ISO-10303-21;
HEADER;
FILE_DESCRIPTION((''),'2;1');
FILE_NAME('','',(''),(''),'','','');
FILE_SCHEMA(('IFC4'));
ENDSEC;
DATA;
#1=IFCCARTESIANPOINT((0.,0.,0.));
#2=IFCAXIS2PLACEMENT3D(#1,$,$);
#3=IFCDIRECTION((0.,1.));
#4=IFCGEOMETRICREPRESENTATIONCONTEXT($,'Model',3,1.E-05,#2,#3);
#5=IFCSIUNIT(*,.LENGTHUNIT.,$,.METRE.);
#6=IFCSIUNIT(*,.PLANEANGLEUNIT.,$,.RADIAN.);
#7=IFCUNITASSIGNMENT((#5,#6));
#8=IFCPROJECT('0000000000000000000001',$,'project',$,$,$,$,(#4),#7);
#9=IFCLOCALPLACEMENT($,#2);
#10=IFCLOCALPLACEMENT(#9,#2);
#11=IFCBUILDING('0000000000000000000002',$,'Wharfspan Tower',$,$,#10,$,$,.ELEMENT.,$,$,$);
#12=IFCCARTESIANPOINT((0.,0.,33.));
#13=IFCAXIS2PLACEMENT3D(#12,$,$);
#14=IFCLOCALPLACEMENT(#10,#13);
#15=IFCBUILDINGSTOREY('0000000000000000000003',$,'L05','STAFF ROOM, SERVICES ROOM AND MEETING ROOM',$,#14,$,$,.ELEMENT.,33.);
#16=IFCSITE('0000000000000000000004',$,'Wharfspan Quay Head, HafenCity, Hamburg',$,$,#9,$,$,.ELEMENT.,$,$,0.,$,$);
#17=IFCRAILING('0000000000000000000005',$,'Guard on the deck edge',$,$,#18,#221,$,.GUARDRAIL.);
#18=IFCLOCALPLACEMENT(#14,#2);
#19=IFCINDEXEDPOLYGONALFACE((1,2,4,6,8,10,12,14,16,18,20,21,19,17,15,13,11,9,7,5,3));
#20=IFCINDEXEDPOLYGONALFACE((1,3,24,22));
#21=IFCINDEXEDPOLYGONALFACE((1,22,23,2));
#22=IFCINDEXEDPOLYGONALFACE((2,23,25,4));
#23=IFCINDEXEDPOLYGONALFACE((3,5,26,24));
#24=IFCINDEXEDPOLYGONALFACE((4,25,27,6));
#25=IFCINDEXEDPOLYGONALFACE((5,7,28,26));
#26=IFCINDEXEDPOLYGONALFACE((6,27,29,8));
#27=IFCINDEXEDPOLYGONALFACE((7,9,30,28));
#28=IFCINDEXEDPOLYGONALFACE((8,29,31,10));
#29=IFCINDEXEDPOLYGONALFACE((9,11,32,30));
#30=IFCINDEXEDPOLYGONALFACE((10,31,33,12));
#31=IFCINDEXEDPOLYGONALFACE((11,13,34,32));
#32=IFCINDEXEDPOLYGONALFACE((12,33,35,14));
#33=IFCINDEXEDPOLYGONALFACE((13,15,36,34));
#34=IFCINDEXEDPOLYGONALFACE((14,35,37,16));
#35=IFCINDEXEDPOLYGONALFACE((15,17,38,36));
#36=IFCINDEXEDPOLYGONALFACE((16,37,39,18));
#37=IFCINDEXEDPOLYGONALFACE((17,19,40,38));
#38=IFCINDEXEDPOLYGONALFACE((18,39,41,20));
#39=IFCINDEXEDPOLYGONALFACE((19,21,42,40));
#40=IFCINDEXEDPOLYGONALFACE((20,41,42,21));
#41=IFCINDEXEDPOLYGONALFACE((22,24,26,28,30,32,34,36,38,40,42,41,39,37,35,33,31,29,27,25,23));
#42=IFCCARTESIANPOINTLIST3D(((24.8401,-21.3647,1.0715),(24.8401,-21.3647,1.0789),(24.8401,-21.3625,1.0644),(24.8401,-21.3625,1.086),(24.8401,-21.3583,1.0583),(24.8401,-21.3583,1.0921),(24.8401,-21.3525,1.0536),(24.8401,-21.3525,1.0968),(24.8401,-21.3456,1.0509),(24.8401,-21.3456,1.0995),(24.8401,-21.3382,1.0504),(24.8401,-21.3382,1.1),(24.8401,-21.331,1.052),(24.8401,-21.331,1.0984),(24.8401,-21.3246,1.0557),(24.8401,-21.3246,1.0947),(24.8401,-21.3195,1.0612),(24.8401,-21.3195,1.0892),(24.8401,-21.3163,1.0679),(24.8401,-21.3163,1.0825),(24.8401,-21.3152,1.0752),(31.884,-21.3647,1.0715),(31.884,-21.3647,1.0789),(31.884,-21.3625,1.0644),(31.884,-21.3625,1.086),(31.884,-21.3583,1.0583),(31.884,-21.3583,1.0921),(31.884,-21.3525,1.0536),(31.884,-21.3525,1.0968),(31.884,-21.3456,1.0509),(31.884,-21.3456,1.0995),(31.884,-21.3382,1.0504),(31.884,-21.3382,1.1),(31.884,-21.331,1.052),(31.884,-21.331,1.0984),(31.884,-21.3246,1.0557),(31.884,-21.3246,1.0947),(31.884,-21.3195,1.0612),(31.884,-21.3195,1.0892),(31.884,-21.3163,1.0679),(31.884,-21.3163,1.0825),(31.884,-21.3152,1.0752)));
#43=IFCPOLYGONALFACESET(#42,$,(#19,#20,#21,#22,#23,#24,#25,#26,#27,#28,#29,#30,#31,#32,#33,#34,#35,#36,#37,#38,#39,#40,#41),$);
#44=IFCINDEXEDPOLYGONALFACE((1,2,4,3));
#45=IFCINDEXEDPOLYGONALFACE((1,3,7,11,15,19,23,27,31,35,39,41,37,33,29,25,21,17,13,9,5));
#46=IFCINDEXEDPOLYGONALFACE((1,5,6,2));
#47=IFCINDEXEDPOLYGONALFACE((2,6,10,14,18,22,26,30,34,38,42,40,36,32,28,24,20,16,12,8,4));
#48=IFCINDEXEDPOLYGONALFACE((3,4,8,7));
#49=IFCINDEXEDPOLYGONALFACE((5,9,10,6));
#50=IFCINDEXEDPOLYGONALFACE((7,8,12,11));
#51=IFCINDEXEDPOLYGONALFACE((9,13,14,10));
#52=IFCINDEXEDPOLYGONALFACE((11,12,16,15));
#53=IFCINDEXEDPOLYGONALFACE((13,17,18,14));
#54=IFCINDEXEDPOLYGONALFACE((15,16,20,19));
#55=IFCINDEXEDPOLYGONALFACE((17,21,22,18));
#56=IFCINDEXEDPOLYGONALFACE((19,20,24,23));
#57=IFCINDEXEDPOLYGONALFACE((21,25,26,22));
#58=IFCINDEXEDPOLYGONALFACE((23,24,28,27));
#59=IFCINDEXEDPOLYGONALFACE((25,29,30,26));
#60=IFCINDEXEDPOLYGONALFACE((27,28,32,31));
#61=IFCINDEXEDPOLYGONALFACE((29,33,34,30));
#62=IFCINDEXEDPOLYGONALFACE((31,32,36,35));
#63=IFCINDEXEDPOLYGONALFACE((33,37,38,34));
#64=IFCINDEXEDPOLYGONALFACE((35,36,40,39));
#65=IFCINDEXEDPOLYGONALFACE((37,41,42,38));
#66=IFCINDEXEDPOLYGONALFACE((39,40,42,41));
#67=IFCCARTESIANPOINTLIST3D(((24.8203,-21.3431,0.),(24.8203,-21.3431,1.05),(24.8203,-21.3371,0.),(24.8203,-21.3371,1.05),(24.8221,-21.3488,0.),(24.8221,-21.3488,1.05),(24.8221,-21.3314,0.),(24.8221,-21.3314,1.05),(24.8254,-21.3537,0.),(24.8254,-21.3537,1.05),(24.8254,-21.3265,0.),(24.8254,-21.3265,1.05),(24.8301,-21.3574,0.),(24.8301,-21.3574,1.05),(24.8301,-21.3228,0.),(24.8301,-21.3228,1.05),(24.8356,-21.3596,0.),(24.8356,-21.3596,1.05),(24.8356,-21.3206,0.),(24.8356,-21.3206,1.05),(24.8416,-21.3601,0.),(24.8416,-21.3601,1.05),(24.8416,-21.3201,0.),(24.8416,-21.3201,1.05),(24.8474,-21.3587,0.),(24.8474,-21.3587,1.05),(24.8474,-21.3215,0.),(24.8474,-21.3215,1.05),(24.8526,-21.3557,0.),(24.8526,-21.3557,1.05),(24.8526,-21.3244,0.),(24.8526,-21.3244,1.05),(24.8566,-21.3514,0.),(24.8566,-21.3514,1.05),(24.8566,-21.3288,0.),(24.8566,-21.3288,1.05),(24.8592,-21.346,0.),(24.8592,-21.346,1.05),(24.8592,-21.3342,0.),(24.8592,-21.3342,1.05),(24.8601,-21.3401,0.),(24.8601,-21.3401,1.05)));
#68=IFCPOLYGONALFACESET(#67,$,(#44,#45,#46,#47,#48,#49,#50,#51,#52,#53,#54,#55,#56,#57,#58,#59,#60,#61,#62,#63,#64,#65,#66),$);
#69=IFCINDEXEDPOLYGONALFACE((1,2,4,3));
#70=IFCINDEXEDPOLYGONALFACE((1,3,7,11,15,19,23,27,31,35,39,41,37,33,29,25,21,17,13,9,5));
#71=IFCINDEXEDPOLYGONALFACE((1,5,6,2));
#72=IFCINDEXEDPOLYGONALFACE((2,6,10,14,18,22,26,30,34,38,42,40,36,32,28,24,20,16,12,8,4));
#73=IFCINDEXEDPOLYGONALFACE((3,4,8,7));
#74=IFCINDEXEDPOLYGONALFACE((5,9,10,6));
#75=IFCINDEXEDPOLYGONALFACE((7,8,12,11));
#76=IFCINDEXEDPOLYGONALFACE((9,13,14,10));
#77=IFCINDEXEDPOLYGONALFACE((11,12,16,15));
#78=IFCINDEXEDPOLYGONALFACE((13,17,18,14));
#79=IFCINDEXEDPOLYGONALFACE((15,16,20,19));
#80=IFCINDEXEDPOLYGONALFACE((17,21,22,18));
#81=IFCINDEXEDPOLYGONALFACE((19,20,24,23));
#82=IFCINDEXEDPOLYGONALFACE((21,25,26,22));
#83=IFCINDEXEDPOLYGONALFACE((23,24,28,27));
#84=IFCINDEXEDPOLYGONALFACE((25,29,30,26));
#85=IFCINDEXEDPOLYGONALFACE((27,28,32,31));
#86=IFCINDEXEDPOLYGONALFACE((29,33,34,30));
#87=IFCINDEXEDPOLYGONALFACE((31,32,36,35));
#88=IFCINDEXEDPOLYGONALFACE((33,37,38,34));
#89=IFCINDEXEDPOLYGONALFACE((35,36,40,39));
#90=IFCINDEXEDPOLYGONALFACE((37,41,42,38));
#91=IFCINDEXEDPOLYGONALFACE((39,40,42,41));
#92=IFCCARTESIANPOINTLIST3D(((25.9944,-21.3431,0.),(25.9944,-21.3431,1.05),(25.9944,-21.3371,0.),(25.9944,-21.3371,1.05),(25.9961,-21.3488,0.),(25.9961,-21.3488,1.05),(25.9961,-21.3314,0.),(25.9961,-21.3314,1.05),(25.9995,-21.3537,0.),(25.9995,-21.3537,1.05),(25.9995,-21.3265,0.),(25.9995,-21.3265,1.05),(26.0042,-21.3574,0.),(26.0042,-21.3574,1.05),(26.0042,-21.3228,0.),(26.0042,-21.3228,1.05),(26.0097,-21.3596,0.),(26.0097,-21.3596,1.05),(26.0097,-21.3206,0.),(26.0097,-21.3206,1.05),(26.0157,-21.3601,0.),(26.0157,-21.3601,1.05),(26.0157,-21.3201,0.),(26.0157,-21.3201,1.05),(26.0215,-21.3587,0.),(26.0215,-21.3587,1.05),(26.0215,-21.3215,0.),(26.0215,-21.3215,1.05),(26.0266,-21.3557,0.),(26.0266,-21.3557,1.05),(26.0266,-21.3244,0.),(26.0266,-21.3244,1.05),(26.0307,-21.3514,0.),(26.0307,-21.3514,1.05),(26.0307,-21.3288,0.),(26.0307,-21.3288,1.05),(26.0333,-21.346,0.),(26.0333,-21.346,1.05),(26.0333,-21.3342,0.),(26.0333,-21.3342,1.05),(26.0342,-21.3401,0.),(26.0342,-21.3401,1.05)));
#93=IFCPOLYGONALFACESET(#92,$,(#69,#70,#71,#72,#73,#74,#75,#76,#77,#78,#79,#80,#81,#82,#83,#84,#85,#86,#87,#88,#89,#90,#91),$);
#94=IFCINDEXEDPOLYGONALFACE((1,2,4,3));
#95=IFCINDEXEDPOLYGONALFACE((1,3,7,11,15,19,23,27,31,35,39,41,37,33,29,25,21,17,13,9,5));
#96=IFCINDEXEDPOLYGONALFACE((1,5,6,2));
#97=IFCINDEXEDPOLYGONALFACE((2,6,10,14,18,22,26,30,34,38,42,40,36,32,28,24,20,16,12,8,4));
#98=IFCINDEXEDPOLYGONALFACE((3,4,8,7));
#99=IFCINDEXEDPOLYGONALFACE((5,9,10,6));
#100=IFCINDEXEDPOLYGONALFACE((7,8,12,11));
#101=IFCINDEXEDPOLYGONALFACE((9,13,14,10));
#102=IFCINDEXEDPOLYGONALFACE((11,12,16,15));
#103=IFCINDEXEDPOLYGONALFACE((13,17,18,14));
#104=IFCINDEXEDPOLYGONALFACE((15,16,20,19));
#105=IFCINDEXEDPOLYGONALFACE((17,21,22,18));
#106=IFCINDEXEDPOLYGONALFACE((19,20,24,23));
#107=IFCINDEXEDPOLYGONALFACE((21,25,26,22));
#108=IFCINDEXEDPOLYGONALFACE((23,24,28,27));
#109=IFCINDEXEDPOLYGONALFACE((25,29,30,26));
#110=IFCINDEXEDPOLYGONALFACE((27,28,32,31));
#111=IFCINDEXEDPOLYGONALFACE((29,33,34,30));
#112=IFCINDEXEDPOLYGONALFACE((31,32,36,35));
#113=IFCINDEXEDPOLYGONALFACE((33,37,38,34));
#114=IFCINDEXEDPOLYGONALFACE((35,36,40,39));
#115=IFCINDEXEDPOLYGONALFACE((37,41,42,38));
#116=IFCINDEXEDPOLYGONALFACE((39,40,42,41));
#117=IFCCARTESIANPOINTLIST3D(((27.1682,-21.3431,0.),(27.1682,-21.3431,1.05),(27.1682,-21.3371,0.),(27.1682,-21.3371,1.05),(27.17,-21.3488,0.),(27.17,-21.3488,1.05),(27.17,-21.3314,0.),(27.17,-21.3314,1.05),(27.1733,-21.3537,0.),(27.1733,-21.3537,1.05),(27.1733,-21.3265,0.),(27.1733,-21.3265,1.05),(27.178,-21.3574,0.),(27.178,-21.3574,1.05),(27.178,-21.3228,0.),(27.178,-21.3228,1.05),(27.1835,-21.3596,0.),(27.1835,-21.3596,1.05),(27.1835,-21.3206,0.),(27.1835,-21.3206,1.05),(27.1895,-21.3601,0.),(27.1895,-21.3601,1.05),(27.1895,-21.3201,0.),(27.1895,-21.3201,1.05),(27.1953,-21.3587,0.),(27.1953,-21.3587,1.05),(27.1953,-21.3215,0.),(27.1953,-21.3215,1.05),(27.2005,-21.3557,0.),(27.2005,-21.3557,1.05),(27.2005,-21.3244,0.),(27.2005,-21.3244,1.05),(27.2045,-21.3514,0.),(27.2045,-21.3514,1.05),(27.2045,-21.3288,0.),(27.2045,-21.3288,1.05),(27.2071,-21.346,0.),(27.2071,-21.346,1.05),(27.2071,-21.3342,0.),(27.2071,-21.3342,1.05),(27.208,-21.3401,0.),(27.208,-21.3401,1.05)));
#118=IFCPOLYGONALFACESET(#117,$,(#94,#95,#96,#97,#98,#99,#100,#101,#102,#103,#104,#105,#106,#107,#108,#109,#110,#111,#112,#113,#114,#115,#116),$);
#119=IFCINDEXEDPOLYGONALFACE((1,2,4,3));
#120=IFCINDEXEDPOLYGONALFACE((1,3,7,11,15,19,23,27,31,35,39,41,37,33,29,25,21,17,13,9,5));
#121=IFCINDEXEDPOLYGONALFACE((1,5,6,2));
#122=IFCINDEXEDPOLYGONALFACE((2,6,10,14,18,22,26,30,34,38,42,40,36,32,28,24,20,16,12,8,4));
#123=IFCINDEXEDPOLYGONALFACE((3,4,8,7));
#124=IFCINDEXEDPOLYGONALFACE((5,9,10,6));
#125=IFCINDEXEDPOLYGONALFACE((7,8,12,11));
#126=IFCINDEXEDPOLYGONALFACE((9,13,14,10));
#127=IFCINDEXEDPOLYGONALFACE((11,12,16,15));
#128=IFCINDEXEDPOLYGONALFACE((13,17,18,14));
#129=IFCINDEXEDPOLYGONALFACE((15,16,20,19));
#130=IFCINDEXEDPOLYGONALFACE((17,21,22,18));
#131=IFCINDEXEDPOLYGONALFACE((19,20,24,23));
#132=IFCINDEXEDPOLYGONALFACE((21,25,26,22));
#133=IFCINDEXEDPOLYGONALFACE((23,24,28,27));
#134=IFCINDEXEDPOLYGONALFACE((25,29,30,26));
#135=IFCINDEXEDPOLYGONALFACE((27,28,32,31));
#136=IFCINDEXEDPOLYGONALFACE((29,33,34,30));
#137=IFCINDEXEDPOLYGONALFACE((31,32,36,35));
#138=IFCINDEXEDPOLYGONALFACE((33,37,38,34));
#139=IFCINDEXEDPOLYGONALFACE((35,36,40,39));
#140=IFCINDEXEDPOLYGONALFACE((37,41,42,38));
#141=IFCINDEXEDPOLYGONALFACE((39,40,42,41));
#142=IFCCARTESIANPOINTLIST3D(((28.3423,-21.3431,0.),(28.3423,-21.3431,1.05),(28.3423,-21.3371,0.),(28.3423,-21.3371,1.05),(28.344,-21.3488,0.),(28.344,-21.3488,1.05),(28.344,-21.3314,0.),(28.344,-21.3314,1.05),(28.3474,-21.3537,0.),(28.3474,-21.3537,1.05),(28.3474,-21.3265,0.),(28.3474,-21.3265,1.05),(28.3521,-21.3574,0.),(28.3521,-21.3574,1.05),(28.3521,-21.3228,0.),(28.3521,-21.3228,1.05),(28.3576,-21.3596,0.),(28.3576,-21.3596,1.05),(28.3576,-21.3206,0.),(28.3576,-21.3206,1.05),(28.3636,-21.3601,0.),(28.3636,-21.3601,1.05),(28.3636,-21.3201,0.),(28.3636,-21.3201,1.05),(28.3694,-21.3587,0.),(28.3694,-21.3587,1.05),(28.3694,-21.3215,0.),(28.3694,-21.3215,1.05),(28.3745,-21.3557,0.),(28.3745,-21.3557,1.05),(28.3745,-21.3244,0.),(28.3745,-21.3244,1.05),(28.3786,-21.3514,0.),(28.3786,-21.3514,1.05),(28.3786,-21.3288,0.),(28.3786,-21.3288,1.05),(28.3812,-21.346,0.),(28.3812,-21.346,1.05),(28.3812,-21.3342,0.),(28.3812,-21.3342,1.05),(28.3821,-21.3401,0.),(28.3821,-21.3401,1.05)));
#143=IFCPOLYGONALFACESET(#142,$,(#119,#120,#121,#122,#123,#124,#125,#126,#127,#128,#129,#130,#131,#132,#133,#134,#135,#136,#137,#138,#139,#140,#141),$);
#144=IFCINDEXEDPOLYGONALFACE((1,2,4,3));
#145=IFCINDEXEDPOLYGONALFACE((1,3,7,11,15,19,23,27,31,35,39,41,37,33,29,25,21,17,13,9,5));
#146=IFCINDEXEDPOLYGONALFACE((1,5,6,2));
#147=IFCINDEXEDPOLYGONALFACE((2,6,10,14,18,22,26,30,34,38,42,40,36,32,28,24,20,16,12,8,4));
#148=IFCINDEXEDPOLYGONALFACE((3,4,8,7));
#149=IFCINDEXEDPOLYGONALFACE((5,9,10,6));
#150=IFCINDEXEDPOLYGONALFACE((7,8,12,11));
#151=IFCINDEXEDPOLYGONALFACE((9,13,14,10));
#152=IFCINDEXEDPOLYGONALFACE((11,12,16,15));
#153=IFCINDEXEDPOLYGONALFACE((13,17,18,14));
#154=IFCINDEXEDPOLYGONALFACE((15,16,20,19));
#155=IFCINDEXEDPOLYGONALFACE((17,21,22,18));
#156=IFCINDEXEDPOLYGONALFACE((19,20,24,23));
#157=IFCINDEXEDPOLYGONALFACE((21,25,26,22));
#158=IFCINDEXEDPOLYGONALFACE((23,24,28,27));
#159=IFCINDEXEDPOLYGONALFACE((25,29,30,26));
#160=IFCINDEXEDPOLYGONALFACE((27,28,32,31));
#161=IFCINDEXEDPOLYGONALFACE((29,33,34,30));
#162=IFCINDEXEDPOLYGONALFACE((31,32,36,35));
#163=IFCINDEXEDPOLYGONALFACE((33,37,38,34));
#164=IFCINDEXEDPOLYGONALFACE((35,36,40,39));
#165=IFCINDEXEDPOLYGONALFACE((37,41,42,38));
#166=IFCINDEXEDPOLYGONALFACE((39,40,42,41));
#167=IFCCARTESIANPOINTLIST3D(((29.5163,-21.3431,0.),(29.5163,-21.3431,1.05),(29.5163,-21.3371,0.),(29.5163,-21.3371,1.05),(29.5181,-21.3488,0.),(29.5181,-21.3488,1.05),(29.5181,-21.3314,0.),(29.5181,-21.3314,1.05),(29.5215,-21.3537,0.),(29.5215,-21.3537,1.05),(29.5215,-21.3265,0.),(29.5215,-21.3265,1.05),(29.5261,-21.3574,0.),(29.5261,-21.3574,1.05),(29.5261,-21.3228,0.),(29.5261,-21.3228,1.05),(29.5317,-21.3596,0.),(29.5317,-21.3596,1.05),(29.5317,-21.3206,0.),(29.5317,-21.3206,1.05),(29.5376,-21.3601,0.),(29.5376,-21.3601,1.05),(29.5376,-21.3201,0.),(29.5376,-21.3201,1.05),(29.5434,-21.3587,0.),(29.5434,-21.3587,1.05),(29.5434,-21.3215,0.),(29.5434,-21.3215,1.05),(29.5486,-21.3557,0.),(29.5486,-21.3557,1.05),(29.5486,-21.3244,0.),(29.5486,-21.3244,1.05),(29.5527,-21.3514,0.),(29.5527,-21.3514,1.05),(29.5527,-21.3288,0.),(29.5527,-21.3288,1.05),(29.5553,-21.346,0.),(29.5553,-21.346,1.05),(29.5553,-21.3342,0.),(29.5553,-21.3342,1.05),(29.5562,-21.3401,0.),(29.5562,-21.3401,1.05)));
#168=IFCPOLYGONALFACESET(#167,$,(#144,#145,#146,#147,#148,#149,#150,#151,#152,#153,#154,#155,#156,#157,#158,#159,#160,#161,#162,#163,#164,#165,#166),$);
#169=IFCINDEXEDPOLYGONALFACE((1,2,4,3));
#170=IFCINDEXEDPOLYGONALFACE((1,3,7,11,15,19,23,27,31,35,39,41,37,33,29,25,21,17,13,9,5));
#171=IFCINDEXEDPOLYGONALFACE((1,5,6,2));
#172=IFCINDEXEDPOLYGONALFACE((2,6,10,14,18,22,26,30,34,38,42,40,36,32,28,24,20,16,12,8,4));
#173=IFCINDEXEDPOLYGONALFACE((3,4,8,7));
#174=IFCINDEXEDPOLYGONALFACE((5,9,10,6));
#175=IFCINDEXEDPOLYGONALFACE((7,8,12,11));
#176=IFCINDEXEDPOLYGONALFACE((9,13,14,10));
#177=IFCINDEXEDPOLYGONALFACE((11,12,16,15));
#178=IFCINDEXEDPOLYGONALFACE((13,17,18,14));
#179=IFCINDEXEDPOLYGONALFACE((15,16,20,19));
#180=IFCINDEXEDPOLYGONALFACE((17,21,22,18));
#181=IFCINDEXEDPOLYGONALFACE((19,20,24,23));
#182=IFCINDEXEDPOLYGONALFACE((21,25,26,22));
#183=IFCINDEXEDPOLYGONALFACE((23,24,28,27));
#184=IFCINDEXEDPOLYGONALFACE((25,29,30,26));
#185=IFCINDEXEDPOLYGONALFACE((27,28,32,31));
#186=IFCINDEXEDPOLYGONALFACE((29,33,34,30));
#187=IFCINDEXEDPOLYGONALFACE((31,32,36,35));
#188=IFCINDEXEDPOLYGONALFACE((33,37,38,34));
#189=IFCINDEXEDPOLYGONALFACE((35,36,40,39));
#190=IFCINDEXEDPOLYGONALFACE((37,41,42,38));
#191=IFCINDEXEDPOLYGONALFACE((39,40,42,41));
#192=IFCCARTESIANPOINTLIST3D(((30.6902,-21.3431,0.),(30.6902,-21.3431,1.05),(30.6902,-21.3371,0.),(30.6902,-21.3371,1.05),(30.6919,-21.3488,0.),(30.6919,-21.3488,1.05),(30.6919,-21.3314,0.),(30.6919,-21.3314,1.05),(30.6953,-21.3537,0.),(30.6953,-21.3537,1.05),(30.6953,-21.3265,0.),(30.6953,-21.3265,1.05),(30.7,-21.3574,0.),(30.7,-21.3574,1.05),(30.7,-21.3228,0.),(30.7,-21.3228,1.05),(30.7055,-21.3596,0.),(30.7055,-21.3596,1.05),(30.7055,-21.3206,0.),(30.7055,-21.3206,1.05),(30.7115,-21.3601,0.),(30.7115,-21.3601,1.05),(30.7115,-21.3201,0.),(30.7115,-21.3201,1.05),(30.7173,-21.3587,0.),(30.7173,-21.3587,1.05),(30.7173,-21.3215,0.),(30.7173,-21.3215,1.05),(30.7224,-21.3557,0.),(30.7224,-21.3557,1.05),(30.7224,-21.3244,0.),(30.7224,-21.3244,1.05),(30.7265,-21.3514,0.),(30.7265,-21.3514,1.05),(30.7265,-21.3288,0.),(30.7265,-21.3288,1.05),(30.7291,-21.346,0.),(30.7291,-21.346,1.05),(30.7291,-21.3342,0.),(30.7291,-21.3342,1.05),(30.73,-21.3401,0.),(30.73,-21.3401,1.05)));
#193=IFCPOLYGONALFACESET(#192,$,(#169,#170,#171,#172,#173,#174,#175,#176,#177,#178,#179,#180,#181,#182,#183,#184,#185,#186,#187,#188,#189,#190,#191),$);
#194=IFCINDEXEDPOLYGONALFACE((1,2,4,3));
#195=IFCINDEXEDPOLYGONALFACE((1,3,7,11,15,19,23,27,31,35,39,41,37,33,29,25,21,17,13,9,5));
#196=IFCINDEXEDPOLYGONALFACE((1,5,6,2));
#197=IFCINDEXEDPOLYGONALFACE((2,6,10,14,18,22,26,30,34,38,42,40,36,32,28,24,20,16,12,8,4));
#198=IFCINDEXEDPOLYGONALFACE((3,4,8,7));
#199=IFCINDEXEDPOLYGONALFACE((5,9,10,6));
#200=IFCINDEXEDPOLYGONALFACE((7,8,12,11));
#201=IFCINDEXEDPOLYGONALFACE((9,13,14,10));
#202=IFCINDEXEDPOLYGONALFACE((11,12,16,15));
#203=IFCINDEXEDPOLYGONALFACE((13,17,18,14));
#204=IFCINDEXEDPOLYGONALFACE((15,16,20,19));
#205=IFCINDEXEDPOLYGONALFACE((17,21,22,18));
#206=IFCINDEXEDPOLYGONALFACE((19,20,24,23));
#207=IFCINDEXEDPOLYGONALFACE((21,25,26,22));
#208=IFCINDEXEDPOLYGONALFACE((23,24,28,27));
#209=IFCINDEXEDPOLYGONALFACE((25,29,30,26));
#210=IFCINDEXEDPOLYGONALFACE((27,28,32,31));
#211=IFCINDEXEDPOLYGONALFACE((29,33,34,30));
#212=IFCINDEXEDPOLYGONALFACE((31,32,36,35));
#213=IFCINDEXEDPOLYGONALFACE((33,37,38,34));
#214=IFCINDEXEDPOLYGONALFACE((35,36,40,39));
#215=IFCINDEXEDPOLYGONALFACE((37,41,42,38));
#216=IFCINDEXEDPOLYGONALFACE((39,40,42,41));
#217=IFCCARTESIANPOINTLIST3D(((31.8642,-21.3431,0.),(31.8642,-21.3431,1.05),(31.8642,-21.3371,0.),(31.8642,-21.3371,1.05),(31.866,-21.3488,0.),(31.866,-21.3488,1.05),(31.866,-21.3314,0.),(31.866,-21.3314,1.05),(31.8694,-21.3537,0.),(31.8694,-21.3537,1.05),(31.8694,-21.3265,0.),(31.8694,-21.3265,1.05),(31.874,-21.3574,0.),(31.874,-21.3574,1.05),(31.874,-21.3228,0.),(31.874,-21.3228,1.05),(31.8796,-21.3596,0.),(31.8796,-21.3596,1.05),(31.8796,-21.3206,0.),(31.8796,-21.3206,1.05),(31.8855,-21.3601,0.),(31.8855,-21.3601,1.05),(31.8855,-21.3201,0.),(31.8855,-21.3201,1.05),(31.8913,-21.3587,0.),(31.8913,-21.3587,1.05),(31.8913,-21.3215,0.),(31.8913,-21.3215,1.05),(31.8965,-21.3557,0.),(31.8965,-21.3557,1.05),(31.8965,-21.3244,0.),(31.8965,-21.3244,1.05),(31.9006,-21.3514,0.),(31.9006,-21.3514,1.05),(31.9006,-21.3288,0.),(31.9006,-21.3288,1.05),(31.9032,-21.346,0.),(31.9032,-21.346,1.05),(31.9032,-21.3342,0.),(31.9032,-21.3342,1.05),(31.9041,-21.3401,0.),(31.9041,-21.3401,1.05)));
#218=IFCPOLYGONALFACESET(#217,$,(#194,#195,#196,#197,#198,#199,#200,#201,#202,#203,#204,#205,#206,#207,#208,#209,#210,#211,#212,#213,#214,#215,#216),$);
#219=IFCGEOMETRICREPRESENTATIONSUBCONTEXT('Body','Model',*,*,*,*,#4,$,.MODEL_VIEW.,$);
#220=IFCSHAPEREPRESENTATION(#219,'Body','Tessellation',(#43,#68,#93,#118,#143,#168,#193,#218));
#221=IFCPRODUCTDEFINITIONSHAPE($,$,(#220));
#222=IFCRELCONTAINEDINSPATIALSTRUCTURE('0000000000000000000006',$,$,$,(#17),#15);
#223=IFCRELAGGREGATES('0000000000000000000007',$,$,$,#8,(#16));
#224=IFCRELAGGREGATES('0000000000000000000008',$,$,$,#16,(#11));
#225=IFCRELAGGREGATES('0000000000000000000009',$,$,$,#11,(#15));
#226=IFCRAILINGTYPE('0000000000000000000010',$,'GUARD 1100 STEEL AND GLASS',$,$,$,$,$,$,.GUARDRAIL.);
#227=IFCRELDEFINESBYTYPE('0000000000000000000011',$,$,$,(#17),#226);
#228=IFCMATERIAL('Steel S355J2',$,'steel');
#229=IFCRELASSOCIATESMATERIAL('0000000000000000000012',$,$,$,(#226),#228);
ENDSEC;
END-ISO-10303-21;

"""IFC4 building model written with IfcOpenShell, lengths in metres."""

from ifc_helpers import new_model, si_unit, direction, frame, origin, origin_2d, place, context, subcontext, project, spatial, circle, extrude, material, type_object, element, save


model = new_model("IFC4")

# Units and contexts
model_context = context("Model", 3, precision=1e-05, world=origin(), true_north=direction((0.0, 1.0)))
body_context = subcontext(model_context, "Body", "Model", "MODEL_VIEW")
ifc_project = project(units=[si_unit("LENGTHUNIT", "METRE"), si_unit("PLANEANGLEUNIT", "RADIAN")], contexts=[model_context])

# Site, building, storey
site_placement = place(None, origin())
site = spatial("IfcSite", under=ifc_project, at=site_placement, Name="Wharfspan Quay Head, HafenCity, Hamburg", CompositionType="ELEMENT", RefElevation=0.0)
building_placement = place(site_placement, origin())
building = spatial("IfcBuilding", under=site, at=building_placement, Name="Wharfspan Tower", CompositionType="ELEMENT")
storey_placement = place(building_placement, frame((0.0, 0.0, 33.0)))
storey = spatial("IfcBuildingStorey", under=building, at=storey_placement, Name="L05", Description="STAFF ROOM, SERVICES ROOM AND MEETING ROOM", CompositionType="ELEMENT", Elevation=33.0)

# Railing
ifc_material_1 = material(Name="Steel S355J2", Category="steel")
railing_type = type_object("IfcRailingType", Name="GUARD 1100 STEEL AND GLASS", PredefinedType="GUARDRAIL", material=ifc_material_1)
railing_1_placement = place(storey_placement, frame((24.8401, -21.3401, 0.0)))
element("IfcRailing", 1, at=railing_1_placement, inside=storey, type_object=railing_type, Name="Guard on the deck edge", PredefinedType="GUARDRAIL", context=body_context, shape_type="SweptSolid", body=[
    extrude(circle(Radius=0.0249, at=origin_2d()), frame((0.0, 0.0, 1.0752), z_axis=(1.0, 0.0, 0.0), x_axis=(0.0, 1.0, 0.0)), (0.0, 0.0, 1.0), 7.0439),
    extrude(circle(Radius=0.02, at=origin_2d()), origin(), (0.0, 0.0, 1.0), 1.05),
    extrude(circle(Radius=0.02, at=origin_2d()), frame((1.1741, 0.0, 0.0)), (0.0, 0.0, 1.0), 1.05),
    extrude(circle(Radius=0.02, at=origin_2d()), frame((2.3479, 0.0, 0.0)), (0.0, 0.0, 1.0), 1.05),
    extrude(circle(Radius=0.02, at=origin_2d()), frame((3.522, 0.0, 0.0)), (0.0, 0.0, 1.0), 1.05),
    extrude(circle(Radius=0.02, at=origin_2d()), frame((4.696, 0.0, 0.0)), (0.0, 0.0, 1.0), 1.05),
    extrude(circle(Radius=0.02, at=origin_2d()), frame((5.8699, 0.0, 0.0)), (0.0, 0.0, 1.0), 1.05),
    extrude(circle(Radius=0.02, at=origin_2d()), frame((7.0439, 0.0, 0.0)), (0.0, 0.0, 1.0), 1.05),
])

save(model, "model.ifc")
